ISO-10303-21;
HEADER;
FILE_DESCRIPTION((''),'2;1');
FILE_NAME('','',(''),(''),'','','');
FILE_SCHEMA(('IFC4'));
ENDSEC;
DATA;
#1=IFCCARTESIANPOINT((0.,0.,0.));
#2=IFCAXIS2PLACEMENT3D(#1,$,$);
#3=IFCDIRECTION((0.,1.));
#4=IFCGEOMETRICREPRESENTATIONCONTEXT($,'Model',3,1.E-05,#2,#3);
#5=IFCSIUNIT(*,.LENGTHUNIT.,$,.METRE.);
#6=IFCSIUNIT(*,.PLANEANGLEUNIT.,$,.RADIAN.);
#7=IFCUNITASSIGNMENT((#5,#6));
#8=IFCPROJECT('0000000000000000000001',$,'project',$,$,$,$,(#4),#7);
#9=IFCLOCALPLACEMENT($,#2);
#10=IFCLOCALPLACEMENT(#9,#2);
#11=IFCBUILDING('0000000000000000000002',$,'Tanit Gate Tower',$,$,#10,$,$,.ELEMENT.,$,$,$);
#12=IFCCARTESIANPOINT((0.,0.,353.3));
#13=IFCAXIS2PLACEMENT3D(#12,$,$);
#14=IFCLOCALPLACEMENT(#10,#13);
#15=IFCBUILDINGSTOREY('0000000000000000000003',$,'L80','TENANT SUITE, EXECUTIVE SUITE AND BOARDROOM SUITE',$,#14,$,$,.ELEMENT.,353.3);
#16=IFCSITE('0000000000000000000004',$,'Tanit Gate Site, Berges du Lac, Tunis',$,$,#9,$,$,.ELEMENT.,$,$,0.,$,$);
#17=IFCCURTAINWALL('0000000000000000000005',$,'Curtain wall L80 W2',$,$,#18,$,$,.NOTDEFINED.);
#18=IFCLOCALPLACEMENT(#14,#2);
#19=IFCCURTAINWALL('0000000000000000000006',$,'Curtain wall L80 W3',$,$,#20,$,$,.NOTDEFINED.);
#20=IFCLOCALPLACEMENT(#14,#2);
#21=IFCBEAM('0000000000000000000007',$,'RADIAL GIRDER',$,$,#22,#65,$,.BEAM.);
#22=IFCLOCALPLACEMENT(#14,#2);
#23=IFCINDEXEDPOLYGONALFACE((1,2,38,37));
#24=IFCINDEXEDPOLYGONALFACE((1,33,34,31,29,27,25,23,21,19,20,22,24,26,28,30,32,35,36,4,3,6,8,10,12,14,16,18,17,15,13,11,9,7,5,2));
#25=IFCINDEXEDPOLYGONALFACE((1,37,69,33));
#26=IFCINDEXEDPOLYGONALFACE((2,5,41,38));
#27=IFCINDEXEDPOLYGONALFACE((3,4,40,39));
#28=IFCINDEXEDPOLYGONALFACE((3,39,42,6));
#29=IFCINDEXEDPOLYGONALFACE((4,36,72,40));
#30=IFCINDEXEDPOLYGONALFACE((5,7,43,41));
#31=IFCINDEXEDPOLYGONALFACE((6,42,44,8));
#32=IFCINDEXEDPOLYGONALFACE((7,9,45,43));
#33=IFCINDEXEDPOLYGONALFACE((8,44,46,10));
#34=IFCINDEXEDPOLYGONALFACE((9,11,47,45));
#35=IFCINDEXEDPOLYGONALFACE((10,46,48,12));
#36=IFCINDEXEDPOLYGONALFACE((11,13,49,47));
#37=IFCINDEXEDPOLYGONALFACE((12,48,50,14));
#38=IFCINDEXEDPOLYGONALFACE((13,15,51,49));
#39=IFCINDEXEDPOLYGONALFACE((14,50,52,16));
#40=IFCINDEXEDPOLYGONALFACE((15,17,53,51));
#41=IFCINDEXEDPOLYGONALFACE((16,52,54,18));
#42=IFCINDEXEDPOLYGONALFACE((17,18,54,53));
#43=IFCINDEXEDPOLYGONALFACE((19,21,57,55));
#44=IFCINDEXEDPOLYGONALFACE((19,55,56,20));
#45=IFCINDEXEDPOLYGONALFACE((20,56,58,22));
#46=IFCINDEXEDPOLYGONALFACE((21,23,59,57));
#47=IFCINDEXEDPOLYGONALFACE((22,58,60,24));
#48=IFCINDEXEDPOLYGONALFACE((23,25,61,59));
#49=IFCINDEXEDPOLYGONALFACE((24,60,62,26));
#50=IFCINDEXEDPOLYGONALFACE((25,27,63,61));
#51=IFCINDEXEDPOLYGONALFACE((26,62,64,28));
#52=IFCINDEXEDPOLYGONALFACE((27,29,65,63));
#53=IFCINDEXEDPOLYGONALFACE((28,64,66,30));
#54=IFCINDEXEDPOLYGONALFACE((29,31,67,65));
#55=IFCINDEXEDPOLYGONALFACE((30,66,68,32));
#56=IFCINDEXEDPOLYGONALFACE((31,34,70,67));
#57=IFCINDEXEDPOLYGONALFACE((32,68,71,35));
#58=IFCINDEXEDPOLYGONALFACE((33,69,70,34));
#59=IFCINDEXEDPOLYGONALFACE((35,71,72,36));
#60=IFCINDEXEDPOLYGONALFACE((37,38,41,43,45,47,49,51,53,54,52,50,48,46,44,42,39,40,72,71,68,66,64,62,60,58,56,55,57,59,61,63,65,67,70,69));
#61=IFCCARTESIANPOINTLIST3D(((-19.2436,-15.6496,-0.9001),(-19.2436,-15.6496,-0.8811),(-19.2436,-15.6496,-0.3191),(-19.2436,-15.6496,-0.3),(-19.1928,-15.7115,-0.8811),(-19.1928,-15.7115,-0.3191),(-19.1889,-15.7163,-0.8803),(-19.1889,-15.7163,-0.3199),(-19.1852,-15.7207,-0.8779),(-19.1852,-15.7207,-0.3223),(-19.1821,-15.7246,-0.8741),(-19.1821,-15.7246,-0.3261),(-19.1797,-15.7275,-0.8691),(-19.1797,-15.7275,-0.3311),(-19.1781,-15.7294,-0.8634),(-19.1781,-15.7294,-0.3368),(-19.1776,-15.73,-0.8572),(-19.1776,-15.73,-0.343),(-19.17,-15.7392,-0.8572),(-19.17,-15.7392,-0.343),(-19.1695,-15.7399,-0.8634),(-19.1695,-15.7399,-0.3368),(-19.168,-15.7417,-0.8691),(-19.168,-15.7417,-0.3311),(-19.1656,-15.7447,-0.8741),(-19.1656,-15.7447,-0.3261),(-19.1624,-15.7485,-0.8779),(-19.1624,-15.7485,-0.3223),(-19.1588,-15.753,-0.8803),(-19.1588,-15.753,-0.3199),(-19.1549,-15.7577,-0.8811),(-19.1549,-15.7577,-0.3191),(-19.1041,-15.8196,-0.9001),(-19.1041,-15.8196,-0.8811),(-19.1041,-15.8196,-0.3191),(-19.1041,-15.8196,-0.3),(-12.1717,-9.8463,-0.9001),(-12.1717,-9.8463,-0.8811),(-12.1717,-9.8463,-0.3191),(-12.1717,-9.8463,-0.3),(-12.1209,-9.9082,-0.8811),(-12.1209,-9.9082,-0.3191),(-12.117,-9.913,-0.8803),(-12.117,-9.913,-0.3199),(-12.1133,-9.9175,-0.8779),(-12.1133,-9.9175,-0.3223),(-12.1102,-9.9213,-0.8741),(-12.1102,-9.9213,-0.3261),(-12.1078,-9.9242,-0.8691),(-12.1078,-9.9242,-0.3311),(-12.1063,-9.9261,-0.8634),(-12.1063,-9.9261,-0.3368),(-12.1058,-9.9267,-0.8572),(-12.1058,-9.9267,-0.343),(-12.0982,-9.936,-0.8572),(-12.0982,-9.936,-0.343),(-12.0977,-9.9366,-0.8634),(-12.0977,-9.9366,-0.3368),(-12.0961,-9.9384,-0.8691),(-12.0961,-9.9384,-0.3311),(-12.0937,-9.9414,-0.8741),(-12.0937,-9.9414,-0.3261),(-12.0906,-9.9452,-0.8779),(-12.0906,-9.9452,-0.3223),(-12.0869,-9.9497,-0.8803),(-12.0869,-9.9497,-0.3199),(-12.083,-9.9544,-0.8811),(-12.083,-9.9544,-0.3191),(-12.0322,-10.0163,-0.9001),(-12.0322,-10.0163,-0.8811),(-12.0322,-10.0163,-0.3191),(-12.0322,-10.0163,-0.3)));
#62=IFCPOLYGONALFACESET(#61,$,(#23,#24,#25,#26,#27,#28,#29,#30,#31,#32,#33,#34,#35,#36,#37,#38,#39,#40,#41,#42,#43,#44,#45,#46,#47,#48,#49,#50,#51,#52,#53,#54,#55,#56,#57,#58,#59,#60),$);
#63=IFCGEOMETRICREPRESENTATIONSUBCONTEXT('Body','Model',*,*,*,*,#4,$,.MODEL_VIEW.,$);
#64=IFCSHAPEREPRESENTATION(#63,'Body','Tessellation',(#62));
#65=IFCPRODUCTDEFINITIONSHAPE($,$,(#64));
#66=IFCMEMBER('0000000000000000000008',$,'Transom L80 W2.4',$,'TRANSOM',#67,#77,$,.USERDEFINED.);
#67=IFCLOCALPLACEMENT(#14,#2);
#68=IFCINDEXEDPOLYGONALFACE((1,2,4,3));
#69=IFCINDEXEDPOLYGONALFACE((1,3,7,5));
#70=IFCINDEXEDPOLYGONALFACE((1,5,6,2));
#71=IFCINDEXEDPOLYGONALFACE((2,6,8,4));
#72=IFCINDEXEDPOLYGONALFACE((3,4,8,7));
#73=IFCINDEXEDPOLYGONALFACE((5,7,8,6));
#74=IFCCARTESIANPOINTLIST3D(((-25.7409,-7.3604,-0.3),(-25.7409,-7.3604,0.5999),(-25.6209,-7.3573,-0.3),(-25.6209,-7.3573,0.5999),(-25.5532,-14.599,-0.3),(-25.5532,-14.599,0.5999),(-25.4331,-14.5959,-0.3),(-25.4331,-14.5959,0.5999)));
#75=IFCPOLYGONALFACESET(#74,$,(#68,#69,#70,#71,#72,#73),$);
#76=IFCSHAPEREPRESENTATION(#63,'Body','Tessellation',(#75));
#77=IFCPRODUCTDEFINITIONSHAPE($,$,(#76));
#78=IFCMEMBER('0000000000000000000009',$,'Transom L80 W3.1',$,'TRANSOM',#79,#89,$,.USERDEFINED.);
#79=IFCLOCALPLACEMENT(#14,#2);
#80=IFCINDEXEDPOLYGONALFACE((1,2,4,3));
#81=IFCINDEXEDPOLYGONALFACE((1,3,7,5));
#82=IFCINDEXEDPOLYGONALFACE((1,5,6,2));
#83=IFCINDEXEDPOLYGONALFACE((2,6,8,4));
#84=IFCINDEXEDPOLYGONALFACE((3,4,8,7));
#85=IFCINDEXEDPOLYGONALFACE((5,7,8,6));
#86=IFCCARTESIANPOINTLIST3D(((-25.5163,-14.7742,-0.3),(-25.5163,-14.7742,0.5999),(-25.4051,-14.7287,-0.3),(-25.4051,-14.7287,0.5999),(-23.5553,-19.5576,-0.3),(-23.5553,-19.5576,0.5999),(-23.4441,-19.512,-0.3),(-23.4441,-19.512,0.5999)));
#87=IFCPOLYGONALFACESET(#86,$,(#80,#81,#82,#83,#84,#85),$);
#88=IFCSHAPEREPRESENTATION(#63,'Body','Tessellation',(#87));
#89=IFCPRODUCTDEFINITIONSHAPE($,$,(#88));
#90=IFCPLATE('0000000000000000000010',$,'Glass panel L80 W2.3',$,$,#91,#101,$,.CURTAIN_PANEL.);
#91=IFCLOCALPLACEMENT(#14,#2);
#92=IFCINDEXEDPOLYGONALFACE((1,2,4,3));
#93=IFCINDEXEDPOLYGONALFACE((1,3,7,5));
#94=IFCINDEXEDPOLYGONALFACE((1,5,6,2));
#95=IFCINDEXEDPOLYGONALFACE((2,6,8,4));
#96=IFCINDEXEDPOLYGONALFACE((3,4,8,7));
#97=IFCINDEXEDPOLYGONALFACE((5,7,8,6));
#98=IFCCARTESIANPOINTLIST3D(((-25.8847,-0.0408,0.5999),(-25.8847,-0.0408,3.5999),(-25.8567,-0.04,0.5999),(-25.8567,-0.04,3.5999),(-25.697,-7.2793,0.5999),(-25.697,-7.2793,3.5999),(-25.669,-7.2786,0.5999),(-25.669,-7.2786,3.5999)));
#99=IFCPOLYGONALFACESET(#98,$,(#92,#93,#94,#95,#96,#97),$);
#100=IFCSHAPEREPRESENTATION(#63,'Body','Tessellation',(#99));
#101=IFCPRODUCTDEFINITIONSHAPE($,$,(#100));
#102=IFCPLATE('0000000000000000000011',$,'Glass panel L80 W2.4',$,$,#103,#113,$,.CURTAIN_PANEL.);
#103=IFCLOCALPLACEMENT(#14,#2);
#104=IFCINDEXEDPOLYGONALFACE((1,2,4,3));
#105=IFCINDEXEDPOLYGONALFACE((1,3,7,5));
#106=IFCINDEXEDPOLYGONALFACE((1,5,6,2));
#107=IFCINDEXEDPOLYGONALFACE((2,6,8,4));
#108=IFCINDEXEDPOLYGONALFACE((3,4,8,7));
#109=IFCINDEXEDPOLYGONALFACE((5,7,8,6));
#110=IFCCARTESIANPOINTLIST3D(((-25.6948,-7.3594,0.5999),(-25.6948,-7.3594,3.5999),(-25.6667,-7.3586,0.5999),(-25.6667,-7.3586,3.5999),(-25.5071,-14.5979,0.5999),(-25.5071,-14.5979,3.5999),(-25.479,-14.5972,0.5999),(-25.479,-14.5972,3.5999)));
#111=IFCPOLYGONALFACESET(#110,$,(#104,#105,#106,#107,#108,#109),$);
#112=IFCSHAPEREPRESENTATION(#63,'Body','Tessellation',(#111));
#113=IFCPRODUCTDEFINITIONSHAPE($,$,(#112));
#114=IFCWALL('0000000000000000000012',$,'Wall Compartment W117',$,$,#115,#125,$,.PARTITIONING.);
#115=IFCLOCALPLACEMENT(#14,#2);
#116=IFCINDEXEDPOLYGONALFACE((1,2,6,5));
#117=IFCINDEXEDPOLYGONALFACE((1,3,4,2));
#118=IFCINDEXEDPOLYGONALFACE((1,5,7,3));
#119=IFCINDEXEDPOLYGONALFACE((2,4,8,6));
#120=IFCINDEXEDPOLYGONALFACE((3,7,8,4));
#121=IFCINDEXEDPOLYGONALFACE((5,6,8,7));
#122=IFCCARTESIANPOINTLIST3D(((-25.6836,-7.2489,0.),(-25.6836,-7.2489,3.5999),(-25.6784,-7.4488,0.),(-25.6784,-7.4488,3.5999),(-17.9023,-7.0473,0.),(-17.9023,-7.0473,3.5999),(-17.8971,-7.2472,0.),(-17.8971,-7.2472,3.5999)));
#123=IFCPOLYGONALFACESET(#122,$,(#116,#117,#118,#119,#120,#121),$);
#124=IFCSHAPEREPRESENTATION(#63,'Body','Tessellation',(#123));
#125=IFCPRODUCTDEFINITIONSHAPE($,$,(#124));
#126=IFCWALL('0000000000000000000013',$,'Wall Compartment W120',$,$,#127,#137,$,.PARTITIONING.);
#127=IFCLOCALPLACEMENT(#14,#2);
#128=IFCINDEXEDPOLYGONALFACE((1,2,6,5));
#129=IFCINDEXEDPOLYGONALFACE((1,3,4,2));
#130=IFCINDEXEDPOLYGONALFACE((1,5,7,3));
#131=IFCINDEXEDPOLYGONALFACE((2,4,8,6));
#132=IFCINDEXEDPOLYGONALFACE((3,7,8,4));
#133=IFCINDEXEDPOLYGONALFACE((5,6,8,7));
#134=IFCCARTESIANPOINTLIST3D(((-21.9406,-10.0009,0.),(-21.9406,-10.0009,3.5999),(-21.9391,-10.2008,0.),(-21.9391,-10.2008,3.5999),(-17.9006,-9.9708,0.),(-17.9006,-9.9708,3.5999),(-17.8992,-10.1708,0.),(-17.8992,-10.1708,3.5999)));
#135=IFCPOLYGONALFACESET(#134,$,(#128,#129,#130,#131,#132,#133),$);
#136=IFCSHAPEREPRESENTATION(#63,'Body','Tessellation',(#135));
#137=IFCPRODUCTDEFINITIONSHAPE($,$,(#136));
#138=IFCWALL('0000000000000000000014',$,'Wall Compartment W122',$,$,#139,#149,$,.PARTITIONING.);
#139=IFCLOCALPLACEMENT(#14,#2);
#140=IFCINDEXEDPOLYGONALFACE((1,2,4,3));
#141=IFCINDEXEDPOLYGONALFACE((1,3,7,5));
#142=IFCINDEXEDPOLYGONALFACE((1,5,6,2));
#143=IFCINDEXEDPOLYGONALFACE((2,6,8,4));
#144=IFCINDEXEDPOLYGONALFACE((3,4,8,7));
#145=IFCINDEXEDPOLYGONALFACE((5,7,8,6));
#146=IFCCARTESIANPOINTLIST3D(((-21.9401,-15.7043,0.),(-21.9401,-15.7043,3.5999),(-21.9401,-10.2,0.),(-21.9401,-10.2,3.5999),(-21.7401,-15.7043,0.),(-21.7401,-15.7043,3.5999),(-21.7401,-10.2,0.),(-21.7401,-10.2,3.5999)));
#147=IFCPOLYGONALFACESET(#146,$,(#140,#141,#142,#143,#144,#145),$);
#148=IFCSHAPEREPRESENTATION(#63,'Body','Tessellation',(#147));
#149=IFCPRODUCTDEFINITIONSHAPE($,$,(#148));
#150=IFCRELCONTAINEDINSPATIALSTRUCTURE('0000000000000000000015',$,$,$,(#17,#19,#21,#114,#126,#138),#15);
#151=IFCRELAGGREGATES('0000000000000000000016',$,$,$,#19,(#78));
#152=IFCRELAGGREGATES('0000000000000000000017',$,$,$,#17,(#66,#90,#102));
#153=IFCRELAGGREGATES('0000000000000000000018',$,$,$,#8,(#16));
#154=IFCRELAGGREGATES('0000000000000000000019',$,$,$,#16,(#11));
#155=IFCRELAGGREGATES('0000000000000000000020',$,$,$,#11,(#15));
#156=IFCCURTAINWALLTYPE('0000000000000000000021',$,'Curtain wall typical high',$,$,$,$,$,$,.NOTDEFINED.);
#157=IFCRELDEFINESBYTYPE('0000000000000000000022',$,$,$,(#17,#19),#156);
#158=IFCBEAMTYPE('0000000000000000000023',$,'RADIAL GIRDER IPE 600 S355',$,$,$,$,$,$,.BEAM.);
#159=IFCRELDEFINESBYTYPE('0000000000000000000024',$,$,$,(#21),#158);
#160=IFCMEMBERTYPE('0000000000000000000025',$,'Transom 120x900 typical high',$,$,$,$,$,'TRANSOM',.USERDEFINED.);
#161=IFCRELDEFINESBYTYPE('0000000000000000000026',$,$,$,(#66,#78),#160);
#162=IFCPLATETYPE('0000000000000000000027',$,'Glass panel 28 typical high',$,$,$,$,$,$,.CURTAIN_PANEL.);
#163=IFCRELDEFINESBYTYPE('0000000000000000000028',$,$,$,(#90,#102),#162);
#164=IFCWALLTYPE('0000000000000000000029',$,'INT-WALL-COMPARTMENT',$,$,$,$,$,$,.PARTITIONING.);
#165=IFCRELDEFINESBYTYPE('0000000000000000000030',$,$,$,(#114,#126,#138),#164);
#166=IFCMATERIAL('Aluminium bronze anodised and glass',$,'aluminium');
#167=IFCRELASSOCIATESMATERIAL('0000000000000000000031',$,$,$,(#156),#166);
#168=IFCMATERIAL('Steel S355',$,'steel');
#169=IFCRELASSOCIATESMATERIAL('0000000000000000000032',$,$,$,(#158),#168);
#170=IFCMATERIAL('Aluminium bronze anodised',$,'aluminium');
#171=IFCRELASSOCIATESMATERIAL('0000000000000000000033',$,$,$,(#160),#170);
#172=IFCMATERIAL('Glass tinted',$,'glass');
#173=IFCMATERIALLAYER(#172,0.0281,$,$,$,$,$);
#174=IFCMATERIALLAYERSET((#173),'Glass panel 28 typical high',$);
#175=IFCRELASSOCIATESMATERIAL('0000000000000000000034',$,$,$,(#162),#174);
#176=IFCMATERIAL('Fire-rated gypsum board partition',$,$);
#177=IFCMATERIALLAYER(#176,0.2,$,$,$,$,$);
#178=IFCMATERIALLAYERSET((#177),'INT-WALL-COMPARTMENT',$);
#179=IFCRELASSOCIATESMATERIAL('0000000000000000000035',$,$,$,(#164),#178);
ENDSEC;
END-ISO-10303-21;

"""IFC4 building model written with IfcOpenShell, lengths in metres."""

from ifc_helpers import new_model, si_unit, direction, frame, frame_2d, origin, origin_2d, place, context, subcontext, project, spatial, rectangle, i_section, extrude, material, layer, layer_set, material_profile, profile_set, type_object, element, aggregate, save


model = new_model("IFC4")

# Units and contexts
model_context = context("Model", 3, precision=1e-05, world=origin(), true_north=direction((0.0, 1.0)))
body_context = subcontext(model_context, "Body", "Model", "MODEL_VIEW")
ifc_project = project(units=[si_unit("LENGTHUNIT", "METRE"), si_unit("PLANEANGLEUNIT", "RADIAN")], contexts=[model_context])

# Site, building, storey
site_placement = place(None, origin())
site = spatial("IfcSite", under=ifc_project, at=site_placement, Name="Tanit Gate Site, Berges du Lac, Tunis", CompositionType="ELEMENT", RefElevation=0.0)
building_placement = place(site_placement, origin())
building = spatial("IfcBuilding", under=site, at=building_placement, Name="Tanit Gate Tower", CompositionType="ELEMENT")
storey_placement = place(building_placement, frame((0.0, 0.0, 353.3)))
storey = spatial("IfcBuildingStorey", under=building, at=storey_placement, Name="L80", Description="TENANT SUITE, EXECUTIVE SUITE AND BOARDROOM SUITE", CompositionType="ELEMENT", Elevation=353.3)

# Curtain wall
ifc_material_1 = material(Name="Aluminium bronze anodised and glass", Category="aluminium")
curtain_wall_type = type_object("IfcCurtainWallType", Name="Curtain wall typical high", PredefinedType="NOTDEFINED", material=ifc_material_1)
curtain_wall_1_placement = place(storey_placement, origin())
curtain_wall_1 = element("IfcCurtainWall", 1, at=curtain_wall_1_placement, inside=storey, type_object=curtain_wall_type, Name="Curtain wall L80 W2", PredefinedType="NOTDEFINED")

# Curtain wall
curtain_wall_2_placement = place(storey_placement, origin())
curtain_wall_2 = element("IfcCurtainWall", 2, at=curtain_wall_2_placement, inside=storey, type_object=curtain_wall_type, Name="Curtain wall L80 W3", PredefinedType="NOTDEFINED")

# Beam
ifc_material_2 = material(Name="Steel S355", Category="steel")
ifc_material_profile_1 = material_profile(ifc_material_2, i_section(OverallWidth=0.22, OverallDepth=0.6001, WebThickness=0.012, FlangeThickness=0.019, FilletRadius=0.0239, at=origin_2d()), Name="IPE 600")
ifc_profile_set_1 = profile_set([ifc_material_profile_1], Name="Steel S355")
beam_type_1 = type_object("IfcBeamType", Name="RADIAL GIRDER IPE 600 S355", PredefinedType="BEAM", material=ifc_profile_set_1)
beam_1_placement = place(storey_placement, frame((-19.1738, -15.7346, -0.6001), z_axis=(0.773034, 0.634365, 0.0), x_axis=(-0.634365, 0.773034, 0.0)))
element("IfcBeam", 3, at=beam_1_placement, inside=storey, type_object=beam_type_1, Name="RADIAL GIRDER", PredefinedType="BEAM", context=body_context, shape_type="SweptSolid", body=[
    extrude(i_section(OverallWidth=0.22, OverallDepth=0.6001, WebThickness=0.012, FlangeThickness=0.019, FilletRadius=0.0239, at=origin_2d()), origin(), (0.0, 0.0, 1.0), 9.1482),
])

# Members
ifc_material_3 = material(Name="Aluminium bronze anodised", Category="aluminium")
ifc_material_profile_2 = material_profile(ifc_material_3, rectangle(XDim=0.1201, YDim=0.8999, at=origin_2d()), Name="120x900 bronze transom")
ifc_profile_set_2 = profile_set([ifc_material_profile_2], Name="Aluminium bronze anodised")
member_type_1 = type_object("IfcMemberType", Name="Transom 120x900 typical high", ElementType="TRANSOM", PredefinedType="USERDEFINED", material=ifc_profile_set_2)
member_1_placement = place(storey_placement, frame((-25.6809, -7.3589, 0.1499), z_axis=(0.025928, -0.999664, 0.0), x_axis=(0.999664, 0.025928, 0.0)))
member_1 = element("IfcMember", 4, at=member_1_placement, type_object=member_type_1, Name="Transom L80 W2.4", ObjectType="TRANSOM", PredefinedType="USERDEFINED", context=body_context, shape_type="SweptSolid", body=[
    extrude(rectangle(XDim=0.1201, YDim=0.8999, at=origin_2d()), origin(), (0.0, 0.0, 1.0), 7.241),
])
member_2_placement = place(storey_placement, frame((-25.4607, -14.7515, 0.1499), z_axis=(0.379324, -0.925264, 0.0), x_axis=(0.925264, 0.379324, 0.0)))
member_2 = element("IfcMember", 5, at=member_2_placement, type_object=member_type_1, Name="Transom L80 W3.1", ObjectType="TRANSOM", PredefinedType="USERDEFINED", context=body_context, shape_type="SweptSolid", body=[
    extrude(rectangle(XDim=0.1201, YDim=0.8999, at=origin_2d()), origin(), (0.0, 0.0, 1.0), 5.1697),
])
aggregate(curtain_wall_2, [member_2])

# Plates
ifc_material_4 = material(Name="Glass tinted", Category="glass")
ifc_layer_1 = layer(ifc_material_4, 0.0281)
ifc_layer_set_1 = layer_set([ifc_layer_1], Name="Glass panel 28 typical high")
plate_type = type_object("IfcPlateType", Name="Glass panel 28 typical high", PredefinedType="CURTAIN_PANEL", material=ifc_layer_set_1)
plate_1_placement = place(storey_placement, frame((-25.7769, -3.6597, 0.5999), z_axis=(0.0, 0.0, 1.0), x_axis=(0.025924, -0.999664, 0.0)))
plate_1 = element("IfcPlate", 6, at=plate_1_placement, type_object=plate_type, Name="Glass panel L80 W2.3", PredefinedType="CURTAIN_PANEL", context=body_context, shape_type="SweptSolid", body=[
    extrude(rectangle(XDim=7.241, YDim=0.0281, at=origin_2d()), origin(), (0.0, 0.0, 1.0), 3.0),
])
plate_2_placement = place(storey_placement, frame((-25.5869, -10.9783, 0.5999), z_axis=(0.0, 0.0, 1.0), x_axis=(0.025924, -0.999664, 0.0)))
plate_2 = element("IfcPlate", 7, at=plate_2_placement, type_object=plate_type, Name="Glass panel L80 W2.4", PredefinedType="CURTAIN_PANEL", context=body_context, shape_type="SweptSolid", body=[
    extrude(rectangle(XDim=7.241, YDim=0.0281, at=origin_2d()), origin(), (0.0, 0.0, 1.0), 3.0),
])
aggregate(curtain_wall_1, [member_1, plate_1, plate_2])

# Walls
ifc_material_5 = material(Name="Fire-rated gypsum board partition")
ifc_layer_2 = layer(ifc_material_5, 0.2)
ifc_layer_set_2 = layer_set([ifc_layer_2], Name="INT-WALL-COMPARTMENT")
wall_type_1 = type_object("IfcWallType", Name="INT-WALL-COMPARTMENT", PredefinedType="PARTITIONING", material=ifc_layer_set_2)
wall_1_placement = place(storey_placement, frame((-25.6812, -7.3489, 0.0), z_axis=(0.0, 0.0, 1.0), x_axis=(0.999664, 0.025907, 0.0)))
element("IfcWall", 8, at=wall_1_placement, inside=storey, type_object=wall_type_1, Name="Wall Compartment W117", PredefinedType="PARTITIONING", context=body_context, shape_type="SweptSolid", body=[
    extrude(rectangle(XDim=7.7839, YDim=0.2, at=frame_2d((3.8921, 0.0))), origin(), (0.0, 0.0, 1.0), 3.5999),
])
wall_2_placement = place(storey_placement, frame((-17.8999, -10.0708, 0.0), z_axis=(0.0, 0.0, 1.0), x_axis=(-0.999972, -0.007433, 0.0)))
element("IfcWall", 9, at=wall_2_placement, inside=storey, type_object=wall_type_1, Name="Wall Compartment W120", PredefinedType="PARTITIONING", context=body_context, shape_type="SweptSolid", body=[
    extrude(rectangle(XDim=4.04, YDim=0.2, at=frame_2d((2.02, 0.0))), origin(), (0.0, 0.0, 1.0), 3.5999),
])
wall_3_placement = place(storey_placement, frame((-21.8401, -15.7043, 0.0), z_axis=(0.0, 0.0, 1.0), x_axis=(0.0, 1.0, 0.0)))
element("IfcWall", 10, at=wall_3_placement, inside=storey, type_object=wall_type_1, Name="Wall Compartment W122", PredefinedType="PARTITIONING", context=body_context, shape_type="SweptSolid", body=[
    extrude(rectangle(XDim=5.5044, YDim=0.2, at=frame_2d((2.7522, 0.0))), origin(), (0.0, 0.0, 1.0), 3.5999),
])

save(model, "model.ifc")
